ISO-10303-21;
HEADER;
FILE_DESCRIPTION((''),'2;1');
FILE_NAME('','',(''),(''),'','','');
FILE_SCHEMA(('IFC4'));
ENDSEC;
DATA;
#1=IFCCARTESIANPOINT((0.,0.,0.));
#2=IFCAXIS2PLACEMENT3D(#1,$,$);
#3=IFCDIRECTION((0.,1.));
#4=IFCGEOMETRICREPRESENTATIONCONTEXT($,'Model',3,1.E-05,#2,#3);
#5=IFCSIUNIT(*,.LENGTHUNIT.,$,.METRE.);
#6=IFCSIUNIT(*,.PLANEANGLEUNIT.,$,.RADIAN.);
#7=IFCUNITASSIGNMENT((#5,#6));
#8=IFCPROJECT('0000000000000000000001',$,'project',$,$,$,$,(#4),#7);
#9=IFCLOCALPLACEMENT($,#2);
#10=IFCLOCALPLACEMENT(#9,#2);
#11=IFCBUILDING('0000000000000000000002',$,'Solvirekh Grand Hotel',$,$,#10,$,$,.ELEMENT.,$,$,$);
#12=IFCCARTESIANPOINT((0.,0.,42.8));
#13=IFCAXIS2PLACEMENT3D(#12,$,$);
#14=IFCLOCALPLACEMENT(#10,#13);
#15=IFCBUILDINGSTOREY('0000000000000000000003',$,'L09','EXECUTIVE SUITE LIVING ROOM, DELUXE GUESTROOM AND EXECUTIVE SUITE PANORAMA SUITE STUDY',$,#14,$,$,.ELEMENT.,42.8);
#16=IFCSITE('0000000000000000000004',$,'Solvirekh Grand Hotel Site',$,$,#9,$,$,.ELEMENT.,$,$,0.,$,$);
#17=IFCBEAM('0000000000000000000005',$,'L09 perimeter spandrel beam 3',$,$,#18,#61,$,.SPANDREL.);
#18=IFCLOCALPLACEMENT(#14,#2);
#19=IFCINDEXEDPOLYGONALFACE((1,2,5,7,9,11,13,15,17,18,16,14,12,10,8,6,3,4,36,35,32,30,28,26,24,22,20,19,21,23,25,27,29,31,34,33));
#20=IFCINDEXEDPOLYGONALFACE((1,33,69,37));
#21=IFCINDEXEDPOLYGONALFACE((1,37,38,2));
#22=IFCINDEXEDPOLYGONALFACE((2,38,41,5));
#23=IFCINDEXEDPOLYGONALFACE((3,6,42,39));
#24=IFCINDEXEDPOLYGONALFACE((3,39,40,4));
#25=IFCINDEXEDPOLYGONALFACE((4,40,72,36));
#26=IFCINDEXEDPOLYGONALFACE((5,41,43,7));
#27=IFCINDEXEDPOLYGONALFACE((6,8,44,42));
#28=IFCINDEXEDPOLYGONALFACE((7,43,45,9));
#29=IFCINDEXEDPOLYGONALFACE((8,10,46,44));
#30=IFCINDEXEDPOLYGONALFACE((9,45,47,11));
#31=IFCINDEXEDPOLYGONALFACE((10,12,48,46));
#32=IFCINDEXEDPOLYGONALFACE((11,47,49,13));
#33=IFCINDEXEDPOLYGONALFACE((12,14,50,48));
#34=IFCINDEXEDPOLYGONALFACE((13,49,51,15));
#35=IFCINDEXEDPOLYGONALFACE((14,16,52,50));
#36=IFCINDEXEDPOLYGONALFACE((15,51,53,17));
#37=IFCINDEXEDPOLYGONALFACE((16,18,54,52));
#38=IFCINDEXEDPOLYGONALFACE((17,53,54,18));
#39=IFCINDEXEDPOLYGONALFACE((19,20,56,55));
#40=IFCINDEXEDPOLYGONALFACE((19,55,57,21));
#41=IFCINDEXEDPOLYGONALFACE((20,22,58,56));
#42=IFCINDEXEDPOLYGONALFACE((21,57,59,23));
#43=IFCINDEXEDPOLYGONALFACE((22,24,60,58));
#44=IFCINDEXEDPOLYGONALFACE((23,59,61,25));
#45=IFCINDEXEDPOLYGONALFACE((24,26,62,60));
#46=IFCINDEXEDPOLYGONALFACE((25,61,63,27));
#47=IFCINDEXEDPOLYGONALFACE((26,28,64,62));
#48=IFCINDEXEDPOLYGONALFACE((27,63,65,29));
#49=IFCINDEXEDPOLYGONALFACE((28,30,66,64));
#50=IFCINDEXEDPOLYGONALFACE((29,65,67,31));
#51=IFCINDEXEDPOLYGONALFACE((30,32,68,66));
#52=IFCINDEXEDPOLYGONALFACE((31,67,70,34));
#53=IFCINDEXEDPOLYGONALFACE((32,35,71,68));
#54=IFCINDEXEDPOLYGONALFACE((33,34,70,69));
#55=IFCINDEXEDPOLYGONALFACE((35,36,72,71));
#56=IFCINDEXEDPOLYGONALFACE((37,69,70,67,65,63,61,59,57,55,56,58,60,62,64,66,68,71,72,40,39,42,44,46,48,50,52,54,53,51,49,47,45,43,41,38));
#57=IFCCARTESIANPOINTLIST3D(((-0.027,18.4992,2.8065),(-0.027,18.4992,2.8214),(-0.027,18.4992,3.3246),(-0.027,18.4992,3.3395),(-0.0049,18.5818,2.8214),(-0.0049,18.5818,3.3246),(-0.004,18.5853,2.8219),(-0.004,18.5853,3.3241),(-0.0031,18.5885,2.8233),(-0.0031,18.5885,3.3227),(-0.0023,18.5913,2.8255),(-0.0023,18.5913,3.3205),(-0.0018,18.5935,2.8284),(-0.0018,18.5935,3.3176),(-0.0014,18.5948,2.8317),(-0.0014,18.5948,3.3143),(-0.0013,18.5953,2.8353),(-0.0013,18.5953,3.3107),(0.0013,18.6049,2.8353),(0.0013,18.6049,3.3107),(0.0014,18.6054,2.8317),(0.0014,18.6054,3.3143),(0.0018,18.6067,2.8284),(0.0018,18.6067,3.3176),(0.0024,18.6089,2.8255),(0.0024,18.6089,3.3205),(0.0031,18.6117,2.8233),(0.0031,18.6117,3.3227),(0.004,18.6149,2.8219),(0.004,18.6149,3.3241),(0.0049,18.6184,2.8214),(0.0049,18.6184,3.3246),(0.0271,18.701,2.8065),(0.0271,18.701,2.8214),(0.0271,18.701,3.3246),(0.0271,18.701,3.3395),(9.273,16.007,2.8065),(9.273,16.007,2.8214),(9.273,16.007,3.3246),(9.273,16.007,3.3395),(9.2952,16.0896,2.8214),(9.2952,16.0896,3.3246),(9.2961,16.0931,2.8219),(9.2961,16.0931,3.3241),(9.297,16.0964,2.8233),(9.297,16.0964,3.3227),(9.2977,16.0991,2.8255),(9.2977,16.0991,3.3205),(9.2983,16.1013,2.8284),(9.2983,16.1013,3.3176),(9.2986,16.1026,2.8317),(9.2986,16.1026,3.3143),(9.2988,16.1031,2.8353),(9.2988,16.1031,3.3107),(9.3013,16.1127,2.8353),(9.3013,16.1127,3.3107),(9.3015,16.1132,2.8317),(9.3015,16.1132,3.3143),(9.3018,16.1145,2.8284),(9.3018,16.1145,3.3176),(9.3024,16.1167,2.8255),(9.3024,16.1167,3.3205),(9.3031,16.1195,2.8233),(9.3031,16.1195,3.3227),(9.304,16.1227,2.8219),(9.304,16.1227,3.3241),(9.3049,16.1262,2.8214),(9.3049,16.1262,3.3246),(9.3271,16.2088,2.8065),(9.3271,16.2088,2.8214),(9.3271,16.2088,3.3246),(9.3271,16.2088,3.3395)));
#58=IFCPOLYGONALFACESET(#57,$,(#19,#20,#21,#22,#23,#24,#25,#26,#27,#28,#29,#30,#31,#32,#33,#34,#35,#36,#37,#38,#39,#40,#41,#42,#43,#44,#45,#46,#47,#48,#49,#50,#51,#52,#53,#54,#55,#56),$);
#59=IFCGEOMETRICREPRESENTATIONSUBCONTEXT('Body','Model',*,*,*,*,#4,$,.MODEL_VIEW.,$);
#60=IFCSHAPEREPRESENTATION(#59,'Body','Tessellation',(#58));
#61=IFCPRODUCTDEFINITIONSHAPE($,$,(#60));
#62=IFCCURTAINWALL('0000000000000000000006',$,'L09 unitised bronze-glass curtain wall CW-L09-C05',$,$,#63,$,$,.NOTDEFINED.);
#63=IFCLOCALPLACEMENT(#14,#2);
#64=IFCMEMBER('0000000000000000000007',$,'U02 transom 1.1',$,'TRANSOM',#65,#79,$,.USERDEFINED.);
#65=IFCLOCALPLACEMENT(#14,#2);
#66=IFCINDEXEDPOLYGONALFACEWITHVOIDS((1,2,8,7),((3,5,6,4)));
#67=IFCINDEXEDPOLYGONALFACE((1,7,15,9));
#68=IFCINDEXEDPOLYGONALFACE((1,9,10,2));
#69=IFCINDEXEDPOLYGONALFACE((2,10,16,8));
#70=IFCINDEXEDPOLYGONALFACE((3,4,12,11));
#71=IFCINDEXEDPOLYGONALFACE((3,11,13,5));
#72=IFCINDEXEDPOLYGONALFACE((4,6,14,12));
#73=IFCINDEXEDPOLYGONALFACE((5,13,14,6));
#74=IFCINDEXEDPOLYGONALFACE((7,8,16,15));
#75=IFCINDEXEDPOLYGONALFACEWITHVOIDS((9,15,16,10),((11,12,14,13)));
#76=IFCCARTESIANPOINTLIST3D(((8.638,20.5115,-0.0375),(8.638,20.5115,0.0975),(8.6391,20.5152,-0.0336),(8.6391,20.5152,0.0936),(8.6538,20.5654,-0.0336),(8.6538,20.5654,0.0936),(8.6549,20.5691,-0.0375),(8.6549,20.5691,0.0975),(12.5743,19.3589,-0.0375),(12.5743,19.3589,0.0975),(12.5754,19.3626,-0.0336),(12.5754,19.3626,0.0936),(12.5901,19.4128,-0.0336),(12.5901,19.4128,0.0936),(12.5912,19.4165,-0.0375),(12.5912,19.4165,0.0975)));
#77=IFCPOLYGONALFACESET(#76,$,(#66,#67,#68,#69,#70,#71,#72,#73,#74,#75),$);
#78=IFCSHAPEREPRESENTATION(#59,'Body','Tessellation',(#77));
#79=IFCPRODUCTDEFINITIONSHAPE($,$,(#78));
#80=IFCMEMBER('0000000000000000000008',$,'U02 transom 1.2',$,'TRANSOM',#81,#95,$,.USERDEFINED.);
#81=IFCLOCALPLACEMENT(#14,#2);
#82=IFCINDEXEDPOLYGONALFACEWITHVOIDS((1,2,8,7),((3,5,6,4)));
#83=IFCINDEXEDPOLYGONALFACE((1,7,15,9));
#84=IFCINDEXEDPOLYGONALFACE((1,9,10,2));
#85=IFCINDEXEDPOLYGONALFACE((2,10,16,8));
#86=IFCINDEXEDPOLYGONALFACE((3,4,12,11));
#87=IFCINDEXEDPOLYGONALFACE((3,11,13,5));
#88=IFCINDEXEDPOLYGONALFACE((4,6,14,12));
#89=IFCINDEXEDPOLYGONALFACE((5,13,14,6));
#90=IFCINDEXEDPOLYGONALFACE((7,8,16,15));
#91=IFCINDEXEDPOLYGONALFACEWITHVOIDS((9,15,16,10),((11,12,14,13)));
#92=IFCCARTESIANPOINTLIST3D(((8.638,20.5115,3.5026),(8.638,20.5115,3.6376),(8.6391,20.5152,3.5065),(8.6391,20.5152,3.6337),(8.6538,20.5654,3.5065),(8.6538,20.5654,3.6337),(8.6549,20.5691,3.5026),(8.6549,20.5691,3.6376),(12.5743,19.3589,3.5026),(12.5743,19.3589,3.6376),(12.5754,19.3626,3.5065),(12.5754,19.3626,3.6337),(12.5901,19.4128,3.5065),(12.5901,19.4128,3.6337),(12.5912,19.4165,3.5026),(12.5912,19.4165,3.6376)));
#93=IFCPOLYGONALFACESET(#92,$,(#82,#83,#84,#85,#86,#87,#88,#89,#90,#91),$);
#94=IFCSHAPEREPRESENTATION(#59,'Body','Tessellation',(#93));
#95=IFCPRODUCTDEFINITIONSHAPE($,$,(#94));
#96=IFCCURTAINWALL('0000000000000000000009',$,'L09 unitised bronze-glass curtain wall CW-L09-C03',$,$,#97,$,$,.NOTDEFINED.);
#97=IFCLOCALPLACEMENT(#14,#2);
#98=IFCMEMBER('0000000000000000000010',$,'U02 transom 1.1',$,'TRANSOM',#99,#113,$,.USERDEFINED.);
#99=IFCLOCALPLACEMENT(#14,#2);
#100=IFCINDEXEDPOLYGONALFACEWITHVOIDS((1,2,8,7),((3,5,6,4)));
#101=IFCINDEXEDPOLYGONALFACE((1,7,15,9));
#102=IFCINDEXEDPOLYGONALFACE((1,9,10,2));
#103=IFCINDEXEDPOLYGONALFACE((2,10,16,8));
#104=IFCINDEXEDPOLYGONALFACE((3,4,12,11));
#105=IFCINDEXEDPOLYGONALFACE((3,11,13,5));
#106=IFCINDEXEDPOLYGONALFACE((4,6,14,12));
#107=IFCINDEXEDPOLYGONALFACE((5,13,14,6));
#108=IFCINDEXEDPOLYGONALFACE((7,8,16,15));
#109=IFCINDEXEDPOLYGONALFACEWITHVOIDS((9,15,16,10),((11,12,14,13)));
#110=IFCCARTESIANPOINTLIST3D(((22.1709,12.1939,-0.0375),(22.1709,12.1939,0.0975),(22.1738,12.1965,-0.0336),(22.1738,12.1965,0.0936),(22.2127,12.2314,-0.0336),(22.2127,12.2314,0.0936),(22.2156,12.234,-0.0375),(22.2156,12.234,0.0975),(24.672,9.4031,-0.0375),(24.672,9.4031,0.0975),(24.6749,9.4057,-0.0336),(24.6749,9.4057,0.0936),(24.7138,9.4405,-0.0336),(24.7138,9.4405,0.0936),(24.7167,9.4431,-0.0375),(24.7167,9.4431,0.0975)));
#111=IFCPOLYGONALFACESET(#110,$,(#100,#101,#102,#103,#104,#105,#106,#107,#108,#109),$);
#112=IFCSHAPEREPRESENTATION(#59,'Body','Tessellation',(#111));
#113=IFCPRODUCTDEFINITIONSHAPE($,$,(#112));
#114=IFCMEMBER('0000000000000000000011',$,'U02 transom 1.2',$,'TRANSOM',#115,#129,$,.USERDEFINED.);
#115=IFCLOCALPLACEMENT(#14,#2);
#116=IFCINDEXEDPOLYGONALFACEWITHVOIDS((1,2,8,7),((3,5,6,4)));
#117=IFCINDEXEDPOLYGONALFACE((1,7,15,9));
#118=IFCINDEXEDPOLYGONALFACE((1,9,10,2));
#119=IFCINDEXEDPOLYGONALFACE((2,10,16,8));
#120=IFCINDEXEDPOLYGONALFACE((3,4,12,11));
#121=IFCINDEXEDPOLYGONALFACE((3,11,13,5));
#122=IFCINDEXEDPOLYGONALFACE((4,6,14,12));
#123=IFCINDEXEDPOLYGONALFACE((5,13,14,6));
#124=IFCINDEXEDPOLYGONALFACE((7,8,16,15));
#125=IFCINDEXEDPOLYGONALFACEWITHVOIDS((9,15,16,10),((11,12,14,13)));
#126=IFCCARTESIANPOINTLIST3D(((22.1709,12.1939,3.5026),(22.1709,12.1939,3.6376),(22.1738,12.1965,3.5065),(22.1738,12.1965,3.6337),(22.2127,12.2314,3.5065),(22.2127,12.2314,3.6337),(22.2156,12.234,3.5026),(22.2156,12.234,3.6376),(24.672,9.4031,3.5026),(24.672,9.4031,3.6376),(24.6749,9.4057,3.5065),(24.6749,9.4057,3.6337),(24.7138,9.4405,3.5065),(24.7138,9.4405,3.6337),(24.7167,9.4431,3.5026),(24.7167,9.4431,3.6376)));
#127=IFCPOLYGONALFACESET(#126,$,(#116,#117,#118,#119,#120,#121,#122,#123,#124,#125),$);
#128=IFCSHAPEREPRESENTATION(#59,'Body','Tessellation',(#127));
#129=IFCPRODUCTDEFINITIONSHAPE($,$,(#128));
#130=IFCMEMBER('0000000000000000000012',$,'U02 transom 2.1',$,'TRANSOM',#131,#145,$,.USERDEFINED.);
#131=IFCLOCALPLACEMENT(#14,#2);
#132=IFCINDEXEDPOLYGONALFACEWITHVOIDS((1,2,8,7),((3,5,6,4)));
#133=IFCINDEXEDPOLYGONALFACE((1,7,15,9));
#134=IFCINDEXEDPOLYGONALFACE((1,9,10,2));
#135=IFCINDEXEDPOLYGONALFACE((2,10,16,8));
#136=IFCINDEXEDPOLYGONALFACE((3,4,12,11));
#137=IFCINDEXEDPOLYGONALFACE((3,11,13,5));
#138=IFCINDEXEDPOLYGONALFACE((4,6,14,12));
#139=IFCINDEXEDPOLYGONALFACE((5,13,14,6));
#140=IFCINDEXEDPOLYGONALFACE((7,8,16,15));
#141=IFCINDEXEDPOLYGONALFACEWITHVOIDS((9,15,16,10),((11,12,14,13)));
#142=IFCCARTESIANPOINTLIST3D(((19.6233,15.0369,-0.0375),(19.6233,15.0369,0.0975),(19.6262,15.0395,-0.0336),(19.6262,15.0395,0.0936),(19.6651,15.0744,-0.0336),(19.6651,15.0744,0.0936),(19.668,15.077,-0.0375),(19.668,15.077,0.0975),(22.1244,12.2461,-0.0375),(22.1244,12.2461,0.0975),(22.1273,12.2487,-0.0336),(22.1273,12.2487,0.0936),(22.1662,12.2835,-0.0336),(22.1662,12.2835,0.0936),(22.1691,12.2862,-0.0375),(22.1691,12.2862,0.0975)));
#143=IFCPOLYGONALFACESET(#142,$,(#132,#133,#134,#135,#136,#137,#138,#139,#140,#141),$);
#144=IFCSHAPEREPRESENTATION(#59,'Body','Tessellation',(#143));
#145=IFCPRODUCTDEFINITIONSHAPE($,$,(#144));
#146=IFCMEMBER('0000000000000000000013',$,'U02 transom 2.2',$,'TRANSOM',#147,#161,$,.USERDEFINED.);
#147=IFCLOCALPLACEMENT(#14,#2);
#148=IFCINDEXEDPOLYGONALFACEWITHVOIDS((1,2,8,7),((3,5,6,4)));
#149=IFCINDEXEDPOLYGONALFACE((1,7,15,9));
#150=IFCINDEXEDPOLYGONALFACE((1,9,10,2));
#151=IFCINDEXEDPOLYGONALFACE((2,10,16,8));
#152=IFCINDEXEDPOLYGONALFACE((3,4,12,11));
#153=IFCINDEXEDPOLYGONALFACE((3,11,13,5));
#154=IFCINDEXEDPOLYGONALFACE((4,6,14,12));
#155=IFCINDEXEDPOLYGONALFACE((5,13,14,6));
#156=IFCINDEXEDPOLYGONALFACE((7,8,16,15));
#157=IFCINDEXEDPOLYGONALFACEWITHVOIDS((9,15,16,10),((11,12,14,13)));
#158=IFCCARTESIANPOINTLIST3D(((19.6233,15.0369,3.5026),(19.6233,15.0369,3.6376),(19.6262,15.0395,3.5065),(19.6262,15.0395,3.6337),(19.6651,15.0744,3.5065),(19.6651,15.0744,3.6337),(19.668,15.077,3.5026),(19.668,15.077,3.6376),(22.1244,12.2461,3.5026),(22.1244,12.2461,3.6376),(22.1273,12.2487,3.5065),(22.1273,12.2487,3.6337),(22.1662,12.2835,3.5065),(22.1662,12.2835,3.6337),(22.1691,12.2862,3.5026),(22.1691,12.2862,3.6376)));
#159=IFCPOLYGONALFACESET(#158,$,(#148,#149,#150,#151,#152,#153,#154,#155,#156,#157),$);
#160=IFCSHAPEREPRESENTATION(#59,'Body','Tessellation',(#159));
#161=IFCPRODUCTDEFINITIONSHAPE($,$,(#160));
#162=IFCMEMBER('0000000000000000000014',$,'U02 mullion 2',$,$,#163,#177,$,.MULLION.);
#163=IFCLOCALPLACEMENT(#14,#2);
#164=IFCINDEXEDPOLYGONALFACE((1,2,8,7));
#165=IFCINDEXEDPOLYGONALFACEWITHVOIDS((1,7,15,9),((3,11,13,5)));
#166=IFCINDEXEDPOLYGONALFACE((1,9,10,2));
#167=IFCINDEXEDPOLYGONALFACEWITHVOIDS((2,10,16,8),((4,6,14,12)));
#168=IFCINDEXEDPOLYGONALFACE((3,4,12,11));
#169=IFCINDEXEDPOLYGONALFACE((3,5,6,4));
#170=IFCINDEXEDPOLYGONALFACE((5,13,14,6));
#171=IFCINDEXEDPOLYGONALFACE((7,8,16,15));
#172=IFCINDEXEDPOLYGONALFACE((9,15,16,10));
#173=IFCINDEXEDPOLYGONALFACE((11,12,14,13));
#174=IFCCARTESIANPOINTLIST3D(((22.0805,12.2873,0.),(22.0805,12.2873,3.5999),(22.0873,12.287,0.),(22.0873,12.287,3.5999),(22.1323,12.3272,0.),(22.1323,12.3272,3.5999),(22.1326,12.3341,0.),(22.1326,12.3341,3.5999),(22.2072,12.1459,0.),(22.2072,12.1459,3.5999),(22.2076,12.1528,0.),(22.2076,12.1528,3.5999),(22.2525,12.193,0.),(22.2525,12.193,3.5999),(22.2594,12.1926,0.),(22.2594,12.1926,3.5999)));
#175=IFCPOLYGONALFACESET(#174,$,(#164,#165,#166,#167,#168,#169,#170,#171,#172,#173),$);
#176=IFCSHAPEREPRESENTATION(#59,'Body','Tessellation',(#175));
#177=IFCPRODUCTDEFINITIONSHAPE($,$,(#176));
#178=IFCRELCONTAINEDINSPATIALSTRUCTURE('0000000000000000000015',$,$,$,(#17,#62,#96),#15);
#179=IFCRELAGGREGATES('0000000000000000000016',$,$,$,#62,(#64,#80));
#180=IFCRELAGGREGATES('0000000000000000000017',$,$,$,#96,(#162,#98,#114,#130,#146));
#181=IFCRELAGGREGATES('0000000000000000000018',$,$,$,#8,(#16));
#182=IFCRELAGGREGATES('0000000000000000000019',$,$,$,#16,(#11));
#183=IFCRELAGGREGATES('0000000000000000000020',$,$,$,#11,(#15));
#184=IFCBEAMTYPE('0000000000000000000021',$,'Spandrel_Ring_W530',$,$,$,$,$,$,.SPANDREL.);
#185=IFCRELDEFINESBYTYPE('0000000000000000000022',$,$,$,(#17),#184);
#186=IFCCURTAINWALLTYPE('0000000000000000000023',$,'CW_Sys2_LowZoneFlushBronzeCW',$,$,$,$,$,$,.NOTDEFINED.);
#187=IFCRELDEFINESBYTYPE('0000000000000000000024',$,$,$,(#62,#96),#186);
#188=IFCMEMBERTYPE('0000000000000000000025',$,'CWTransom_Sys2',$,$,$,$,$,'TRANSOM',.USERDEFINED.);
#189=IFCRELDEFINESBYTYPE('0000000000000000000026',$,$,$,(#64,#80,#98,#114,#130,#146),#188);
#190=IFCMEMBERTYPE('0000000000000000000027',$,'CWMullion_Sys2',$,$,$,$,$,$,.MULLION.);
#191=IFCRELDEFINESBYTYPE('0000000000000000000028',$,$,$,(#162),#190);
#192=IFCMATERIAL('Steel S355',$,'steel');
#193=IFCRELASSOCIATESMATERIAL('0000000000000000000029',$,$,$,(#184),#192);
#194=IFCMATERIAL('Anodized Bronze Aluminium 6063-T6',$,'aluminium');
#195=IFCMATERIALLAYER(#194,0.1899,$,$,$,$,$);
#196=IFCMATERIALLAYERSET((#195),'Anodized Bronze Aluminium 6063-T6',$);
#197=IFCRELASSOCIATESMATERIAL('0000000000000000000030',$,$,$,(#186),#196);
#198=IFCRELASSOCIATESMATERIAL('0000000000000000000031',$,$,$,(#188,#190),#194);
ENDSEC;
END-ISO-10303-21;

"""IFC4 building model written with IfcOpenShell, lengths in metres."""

from ifc_helpers import new_model, si_unit, direction, frame, origin, origin_2d, place, context, subcontext, project, spatial, hollow_rectangle, i_section, extrude, source, transform, mapped, material, layer, layer_set, material_profile, profile_set, type_object, element, aggregate, save


model = new_model("IFC4")

# Units and contexts
model_context = context("Model", 3, precision=1e-05, world=origin(), true_north=direction((0.0, 1.0)))
body_context = subcontext(model_context, "Body", "Model", "MODEL_VIEW")
ifc_project = project(units=[si_unit("LENGTHUNIT", "METRE"), si_unit("PLANEANGLEUNIT", "RADIAN")], contexts=[model_context])

# Site, building, storey
site_placement = place(None, origin())
site = spatial("IfcSite", under=ifc_project, at=site_placement, Name="Solvirekh Grand Hotel Site", CompositionType="ELEMENT", RefElevation=0.0)
building_placement = place(site_placement, origin())
building = spatial("IfcBuilding", under=site, at=building_placement, Name="Solvirekh Grand Hotel", CompositionType="ELEMENT")
storey_placement = place(building_placement, frame((0.0, 0.0, 42.8)))
storey = spatial("IfcBuildingStorey", under=building, at=storey_placement, Name="L09", Description="EXECUTIVE SUITE LIVING ROOM, DELUXE GUESTROOM AND EXECUTIVE SUITE PANORAMA SUITE STUDY", CompositionType="ELEMENT", Elevation=42.8)

# Beam
ifc_material_1 = material(Name="Steel S355", Category="steel")
ifc_material_profile_1 = material_profile(ifc_material_1, i_section(OverallWidth=0.209, OverallDepth=0.533, WebThickness=0.01, FlangeThickness=0.0149, FilletRadius=0.0139, at=origin_2d()), Name="W530X92")
ifc_profile_set_1 = profile_set([ifc_material_profile_1], Name="Steel S355")
beam_type = type_object("IfcBeamType", Name="Spandrel_Ring_W530", PredefinedType="SPANDREL", material=ifc_profile_set_1)
beam_placement = place(storey_placement, frame((9.3, 16.1079, 3.073), z_axis=(-0.965919, 0.258843, 0.0), x_axis=(-0.258843, -0.965919, 0.0)))
element("IfcBeam", 1, at=beam_placement, inside=storey, type_object=beam_type, Name="L09 perimeter spandrel beam 3", PredefinedType="SPANDREL", context=body_context, shape_type="SweptSolid", body=[
    extrude(i_section(OverallWidth=0.209, OverallDepth=0.533, WebThickness=0.01, FlangeThickness=0.0149, FilletRadius=0.0139, at=origin_2d()), origin(), (0.0, 0.0, 1.0), 9.6282),
])

# Curtain walls, members
ifc_material_2 = material(Name="Anodized Bronze Aluminium 6063-T6", Category="aluminium")
ifc_layer_1 = layer(ifc_material_2, 0.1899)
ifc_layer_set_1 = layer_set([ifc_layer_1], Name="Anodized Bronze Aluminium 6063-T6")
curtain_wall_type = type_object("IfcCurtainWallType", Name="CW_Sys2_LowZoneFlushBronzeCW", PredefinedType="NOTDEFINED", material=ifc_layer_set_1)
curtain_wall_1_placement = place(storey_placement, origin())
curtain_wall_1 = element("IfcCurtainWall", 2, at=curtain_wall_1_placement, inside=storey, type_object=curtain_wall_type, Name="L09 unitised bronze-glass curtain wall CW-L09-C05", PredefinedType="NOTDEFINED")
ifc_material_profile_2 = material_profile(ifc_material_2, hollow_rectangle(XDim=0.0601, YDim=0.135, WallThickness=0.0039, at=origin_2d()), Name="ALU RHS 135X60X4")
ifc_profile_set_2 = profile_set([ifc_material_profile_2], Name="Anodized Bronze Aluminium 6063-T6")
member_type_1 = type_object("IfcMemberType", Name="CWTransom_Sys2", ElementType="TRANSOM", PredefinedType="USERDEFINED", material=ifc_profile_set_2)
shared_shape_1 = source(origin(), body_context, "Body", "SweptSolid", [
    extrude(hollow_rectangle(XDim=0.0601, YDim=0.135, WallThickness=0.0039, at=origin_2d()), origin(), (0.0, 0.0, 1.0), 4.1016),
])
member_1_placement = place(storey_placement, frame((12.5828, 19.3877, 0.03), z_axis=(-0.959704, 0.281012, 0.0), x_axis=(-0.281012, -0.959704, 0.0)))
member_1 = element("IfcMember", 3, at=member_1_placement, type_object=member_type_1, Name="U02 transom 1.1", ObjectType="TRANSOM", PredefinedType="USERDEFINED", context=body_context, shape_type="MappedRepresentation", body=[
    mapped(shared_shape_1, transform((0.0, 0.0, 0.0), x_axis=(1.0, 0.0, 0.0), y_axis=(0.0, 1.0, 0.0), z_axis=(0.0, 0.0, 1.0), scale=1.0)),
])
member_2_placement = place(storey_placement, frame((12.5828, 19.3877, 3.5701), z_axis=(-0.959704, 0.281012, 0.0), x_axis=(-0.281012, -0.959704, 0.0)))
member_2 = element("IfcMember", 4, at=member_2_placement, type_object=member_type_1, Name="U02 transom 1.2", ObjectType="TRANSOM", PredefinedType="USERDEFINED", context=body_context, shape_type="MappedRepresentation", body=[
    mapped(shared_shape_1, transform((0.0, 0.0, 0.0), x_axis=(1.0, 0.0, 0.0), y_axis=(0.0, 1.0, 0.0), z_axis=(0.0, 0.0, 1.0), scale=1.0)),
])
curtain_wall_2_placement = place(storey_placement, origin())
curtain_wall_2 = element("IfcCurtainWall", 5, at=curtain_wall_2_placement, inside=storey, type_object=curtain_wall_type, Name="L09 unitised bronze-glass curtain wall CW-L09-C03", PredefinedType="NOTDEFINED")
shared_shape_2 = source(origin(), body_context, "Body", "SweptSolid", [
    extrude(hollow_rectangle(XDim=0.0601, YDim=0.135, WallThickness=0.0039, at=origin_2d()), origin(), (0.0, 0.0, 1.0), 3.7476),
])
member_3_placement = place(storey_placement, frame((24.6943, 9.4231, 0.03), z_axis=(-0.667383, 0.744715, 0.0), x_axis=(-0.744715, -0.667383, 0.0)))
member_3 = element("IfcMember", 6, at=member_3_placement, type_object=member_type_1, Name="U02 transom 1.1", ObjectType="TRANSOM", PredefinedType="USERDEFINED", context=body_context, shape_type="MappedRepresentation", body=[
    mapped(shared_shape_2, transform((0.0, 0.0, 0.0), x_axis=(1.0, 0.0, 0.0), y_axis=(0.0, 1.0, 0.0), z_axis=(0.0, 0.0, 1.0), scale=1.0)),
])
member_4_placement = place(storey_placement, frame((24.6943, 9.4231, 3.5701), z_axis=(-0.667383, 0.744715, 0.0), x_axis=(-0.744715, -0.667383, 0.0)))
member_4 = element("IfcMember", 7, at=member_4_placement, type_object=member_type_1, Name="U02 transom 1.2", ObjectType="TRANSOM", PredefinedType="USERDEFINED", context=body_context, shape_type="MappedRepresentation", body=[
    mapped(shared_shape_2, transform((0.0, 0.0, 0.0), x_axis=(1.0, 0.0, 0.0), y_axis=(0.0, 1.0, 0.0), z_axis=(0.0, 0.0, 1.0), scale=1.0)),
])
member_5_placement = place(storey_placement, frame((22.1467, 12.2661, 0.03), z_axis=(-0.667383, 0.744715, 0.0), x_axis=(-0.744715, -0.667383, 0.0)))
member_5 = element("IfcMember", 8, at=member_5_placement, type_object=member_type_1, Name="U02 transom 2.1", ObjectType="TRANSOM", PredefinedType="USERDEFINED", context=body_context, shape_type="MappedRepresentation", body=[
    mapped(shared_shape_2, transform((0.0, 0.0, 0.0), x_axis=(1.0, 0.0, 0.0), y_axis=(0.0, 1.0, 0.0), z_axis=(0.0, 0.0, 1.0), scale=1.0)),
])
member_6_placement = place(storey_placement, frame((22.1467, 12.2661, 3.5701), z_axis=(-0.667383, 0.744715, 0.0), x_axis=(-0.744715, -0.667383, 0.0)))
member_6 = element("IfcMember", 9, at=member_6_placement, type_object=member_type_1, Name="U02 transom 2.2", ObjectType="TRANSOM", PredefinedType="USERDEFINED", context=body_context, shape_type="MappedRepresentation", body=[
    mapped(shared_shape_2, transform((0.0, 0.0, 0.0), x_axis=(1.0, 0.0, 0.0), y_axis=(0.0, 1.0, 0.0), z_axis=(0.0, 0.0, 1.0), scale=1.0)),
])
ifc_material_profile_3 = material_profile(ifc_material_2, hollow_rectangle(XDim=0.0701, YDim=0.1899, WallThickness=0.0049, at=origin_2d()), Name="ALU RHS 190X70X5")
ifc_profile_set_3 = profile_set([ifc_material_profile_3], Name="Anodized Bronze Aluminium 6063-T6")
member_type_2 = type_object("IfcMemberType", Name="CWMullion_Sys2", PredefinedType="MULLION", material=ifc_profile_set_3)
shared_shape_3 = source(origin(), body_context, "Body", "SweptSolid", [
    extrude(hollow_rectangle(XDim=0.0701, YDim=0.1899, WallThickness=0.0049, at=origin_2d()), origin(), (0.0, 0.0, 1.0), 3.5999),
])
member_7_placement = place(storey_placement, frame((22.1699, 12.24, 0.0), z_axis=(0.0, 0.0, 1.0), x_axis=(-0.744725, -0.667371, 0.0)))
member_7 = element("IfcMember", 10, at=member_7_placement, type_object=member_type_2, Name="U02 mullion 2", PredefinedType="MULLION", context=body_context, shape_type="MappedRepresentation", body=[
    mapped(shared_shape_3, transform((0.0, 0.0, 0.0), x_axis=(1.0, 0.0, 0.0), y_axis=(0.0, 1.0, 0.0), z_axis=(0.0, 0.0, 1.0), scale=1.0)),
])

aggregate(curtain_wall_1, [member_1, member_2])
aggregate(curtain_wall_2, [member_7, member_3, member_4, member_5, member_6])

save(model, "model.ifc")
